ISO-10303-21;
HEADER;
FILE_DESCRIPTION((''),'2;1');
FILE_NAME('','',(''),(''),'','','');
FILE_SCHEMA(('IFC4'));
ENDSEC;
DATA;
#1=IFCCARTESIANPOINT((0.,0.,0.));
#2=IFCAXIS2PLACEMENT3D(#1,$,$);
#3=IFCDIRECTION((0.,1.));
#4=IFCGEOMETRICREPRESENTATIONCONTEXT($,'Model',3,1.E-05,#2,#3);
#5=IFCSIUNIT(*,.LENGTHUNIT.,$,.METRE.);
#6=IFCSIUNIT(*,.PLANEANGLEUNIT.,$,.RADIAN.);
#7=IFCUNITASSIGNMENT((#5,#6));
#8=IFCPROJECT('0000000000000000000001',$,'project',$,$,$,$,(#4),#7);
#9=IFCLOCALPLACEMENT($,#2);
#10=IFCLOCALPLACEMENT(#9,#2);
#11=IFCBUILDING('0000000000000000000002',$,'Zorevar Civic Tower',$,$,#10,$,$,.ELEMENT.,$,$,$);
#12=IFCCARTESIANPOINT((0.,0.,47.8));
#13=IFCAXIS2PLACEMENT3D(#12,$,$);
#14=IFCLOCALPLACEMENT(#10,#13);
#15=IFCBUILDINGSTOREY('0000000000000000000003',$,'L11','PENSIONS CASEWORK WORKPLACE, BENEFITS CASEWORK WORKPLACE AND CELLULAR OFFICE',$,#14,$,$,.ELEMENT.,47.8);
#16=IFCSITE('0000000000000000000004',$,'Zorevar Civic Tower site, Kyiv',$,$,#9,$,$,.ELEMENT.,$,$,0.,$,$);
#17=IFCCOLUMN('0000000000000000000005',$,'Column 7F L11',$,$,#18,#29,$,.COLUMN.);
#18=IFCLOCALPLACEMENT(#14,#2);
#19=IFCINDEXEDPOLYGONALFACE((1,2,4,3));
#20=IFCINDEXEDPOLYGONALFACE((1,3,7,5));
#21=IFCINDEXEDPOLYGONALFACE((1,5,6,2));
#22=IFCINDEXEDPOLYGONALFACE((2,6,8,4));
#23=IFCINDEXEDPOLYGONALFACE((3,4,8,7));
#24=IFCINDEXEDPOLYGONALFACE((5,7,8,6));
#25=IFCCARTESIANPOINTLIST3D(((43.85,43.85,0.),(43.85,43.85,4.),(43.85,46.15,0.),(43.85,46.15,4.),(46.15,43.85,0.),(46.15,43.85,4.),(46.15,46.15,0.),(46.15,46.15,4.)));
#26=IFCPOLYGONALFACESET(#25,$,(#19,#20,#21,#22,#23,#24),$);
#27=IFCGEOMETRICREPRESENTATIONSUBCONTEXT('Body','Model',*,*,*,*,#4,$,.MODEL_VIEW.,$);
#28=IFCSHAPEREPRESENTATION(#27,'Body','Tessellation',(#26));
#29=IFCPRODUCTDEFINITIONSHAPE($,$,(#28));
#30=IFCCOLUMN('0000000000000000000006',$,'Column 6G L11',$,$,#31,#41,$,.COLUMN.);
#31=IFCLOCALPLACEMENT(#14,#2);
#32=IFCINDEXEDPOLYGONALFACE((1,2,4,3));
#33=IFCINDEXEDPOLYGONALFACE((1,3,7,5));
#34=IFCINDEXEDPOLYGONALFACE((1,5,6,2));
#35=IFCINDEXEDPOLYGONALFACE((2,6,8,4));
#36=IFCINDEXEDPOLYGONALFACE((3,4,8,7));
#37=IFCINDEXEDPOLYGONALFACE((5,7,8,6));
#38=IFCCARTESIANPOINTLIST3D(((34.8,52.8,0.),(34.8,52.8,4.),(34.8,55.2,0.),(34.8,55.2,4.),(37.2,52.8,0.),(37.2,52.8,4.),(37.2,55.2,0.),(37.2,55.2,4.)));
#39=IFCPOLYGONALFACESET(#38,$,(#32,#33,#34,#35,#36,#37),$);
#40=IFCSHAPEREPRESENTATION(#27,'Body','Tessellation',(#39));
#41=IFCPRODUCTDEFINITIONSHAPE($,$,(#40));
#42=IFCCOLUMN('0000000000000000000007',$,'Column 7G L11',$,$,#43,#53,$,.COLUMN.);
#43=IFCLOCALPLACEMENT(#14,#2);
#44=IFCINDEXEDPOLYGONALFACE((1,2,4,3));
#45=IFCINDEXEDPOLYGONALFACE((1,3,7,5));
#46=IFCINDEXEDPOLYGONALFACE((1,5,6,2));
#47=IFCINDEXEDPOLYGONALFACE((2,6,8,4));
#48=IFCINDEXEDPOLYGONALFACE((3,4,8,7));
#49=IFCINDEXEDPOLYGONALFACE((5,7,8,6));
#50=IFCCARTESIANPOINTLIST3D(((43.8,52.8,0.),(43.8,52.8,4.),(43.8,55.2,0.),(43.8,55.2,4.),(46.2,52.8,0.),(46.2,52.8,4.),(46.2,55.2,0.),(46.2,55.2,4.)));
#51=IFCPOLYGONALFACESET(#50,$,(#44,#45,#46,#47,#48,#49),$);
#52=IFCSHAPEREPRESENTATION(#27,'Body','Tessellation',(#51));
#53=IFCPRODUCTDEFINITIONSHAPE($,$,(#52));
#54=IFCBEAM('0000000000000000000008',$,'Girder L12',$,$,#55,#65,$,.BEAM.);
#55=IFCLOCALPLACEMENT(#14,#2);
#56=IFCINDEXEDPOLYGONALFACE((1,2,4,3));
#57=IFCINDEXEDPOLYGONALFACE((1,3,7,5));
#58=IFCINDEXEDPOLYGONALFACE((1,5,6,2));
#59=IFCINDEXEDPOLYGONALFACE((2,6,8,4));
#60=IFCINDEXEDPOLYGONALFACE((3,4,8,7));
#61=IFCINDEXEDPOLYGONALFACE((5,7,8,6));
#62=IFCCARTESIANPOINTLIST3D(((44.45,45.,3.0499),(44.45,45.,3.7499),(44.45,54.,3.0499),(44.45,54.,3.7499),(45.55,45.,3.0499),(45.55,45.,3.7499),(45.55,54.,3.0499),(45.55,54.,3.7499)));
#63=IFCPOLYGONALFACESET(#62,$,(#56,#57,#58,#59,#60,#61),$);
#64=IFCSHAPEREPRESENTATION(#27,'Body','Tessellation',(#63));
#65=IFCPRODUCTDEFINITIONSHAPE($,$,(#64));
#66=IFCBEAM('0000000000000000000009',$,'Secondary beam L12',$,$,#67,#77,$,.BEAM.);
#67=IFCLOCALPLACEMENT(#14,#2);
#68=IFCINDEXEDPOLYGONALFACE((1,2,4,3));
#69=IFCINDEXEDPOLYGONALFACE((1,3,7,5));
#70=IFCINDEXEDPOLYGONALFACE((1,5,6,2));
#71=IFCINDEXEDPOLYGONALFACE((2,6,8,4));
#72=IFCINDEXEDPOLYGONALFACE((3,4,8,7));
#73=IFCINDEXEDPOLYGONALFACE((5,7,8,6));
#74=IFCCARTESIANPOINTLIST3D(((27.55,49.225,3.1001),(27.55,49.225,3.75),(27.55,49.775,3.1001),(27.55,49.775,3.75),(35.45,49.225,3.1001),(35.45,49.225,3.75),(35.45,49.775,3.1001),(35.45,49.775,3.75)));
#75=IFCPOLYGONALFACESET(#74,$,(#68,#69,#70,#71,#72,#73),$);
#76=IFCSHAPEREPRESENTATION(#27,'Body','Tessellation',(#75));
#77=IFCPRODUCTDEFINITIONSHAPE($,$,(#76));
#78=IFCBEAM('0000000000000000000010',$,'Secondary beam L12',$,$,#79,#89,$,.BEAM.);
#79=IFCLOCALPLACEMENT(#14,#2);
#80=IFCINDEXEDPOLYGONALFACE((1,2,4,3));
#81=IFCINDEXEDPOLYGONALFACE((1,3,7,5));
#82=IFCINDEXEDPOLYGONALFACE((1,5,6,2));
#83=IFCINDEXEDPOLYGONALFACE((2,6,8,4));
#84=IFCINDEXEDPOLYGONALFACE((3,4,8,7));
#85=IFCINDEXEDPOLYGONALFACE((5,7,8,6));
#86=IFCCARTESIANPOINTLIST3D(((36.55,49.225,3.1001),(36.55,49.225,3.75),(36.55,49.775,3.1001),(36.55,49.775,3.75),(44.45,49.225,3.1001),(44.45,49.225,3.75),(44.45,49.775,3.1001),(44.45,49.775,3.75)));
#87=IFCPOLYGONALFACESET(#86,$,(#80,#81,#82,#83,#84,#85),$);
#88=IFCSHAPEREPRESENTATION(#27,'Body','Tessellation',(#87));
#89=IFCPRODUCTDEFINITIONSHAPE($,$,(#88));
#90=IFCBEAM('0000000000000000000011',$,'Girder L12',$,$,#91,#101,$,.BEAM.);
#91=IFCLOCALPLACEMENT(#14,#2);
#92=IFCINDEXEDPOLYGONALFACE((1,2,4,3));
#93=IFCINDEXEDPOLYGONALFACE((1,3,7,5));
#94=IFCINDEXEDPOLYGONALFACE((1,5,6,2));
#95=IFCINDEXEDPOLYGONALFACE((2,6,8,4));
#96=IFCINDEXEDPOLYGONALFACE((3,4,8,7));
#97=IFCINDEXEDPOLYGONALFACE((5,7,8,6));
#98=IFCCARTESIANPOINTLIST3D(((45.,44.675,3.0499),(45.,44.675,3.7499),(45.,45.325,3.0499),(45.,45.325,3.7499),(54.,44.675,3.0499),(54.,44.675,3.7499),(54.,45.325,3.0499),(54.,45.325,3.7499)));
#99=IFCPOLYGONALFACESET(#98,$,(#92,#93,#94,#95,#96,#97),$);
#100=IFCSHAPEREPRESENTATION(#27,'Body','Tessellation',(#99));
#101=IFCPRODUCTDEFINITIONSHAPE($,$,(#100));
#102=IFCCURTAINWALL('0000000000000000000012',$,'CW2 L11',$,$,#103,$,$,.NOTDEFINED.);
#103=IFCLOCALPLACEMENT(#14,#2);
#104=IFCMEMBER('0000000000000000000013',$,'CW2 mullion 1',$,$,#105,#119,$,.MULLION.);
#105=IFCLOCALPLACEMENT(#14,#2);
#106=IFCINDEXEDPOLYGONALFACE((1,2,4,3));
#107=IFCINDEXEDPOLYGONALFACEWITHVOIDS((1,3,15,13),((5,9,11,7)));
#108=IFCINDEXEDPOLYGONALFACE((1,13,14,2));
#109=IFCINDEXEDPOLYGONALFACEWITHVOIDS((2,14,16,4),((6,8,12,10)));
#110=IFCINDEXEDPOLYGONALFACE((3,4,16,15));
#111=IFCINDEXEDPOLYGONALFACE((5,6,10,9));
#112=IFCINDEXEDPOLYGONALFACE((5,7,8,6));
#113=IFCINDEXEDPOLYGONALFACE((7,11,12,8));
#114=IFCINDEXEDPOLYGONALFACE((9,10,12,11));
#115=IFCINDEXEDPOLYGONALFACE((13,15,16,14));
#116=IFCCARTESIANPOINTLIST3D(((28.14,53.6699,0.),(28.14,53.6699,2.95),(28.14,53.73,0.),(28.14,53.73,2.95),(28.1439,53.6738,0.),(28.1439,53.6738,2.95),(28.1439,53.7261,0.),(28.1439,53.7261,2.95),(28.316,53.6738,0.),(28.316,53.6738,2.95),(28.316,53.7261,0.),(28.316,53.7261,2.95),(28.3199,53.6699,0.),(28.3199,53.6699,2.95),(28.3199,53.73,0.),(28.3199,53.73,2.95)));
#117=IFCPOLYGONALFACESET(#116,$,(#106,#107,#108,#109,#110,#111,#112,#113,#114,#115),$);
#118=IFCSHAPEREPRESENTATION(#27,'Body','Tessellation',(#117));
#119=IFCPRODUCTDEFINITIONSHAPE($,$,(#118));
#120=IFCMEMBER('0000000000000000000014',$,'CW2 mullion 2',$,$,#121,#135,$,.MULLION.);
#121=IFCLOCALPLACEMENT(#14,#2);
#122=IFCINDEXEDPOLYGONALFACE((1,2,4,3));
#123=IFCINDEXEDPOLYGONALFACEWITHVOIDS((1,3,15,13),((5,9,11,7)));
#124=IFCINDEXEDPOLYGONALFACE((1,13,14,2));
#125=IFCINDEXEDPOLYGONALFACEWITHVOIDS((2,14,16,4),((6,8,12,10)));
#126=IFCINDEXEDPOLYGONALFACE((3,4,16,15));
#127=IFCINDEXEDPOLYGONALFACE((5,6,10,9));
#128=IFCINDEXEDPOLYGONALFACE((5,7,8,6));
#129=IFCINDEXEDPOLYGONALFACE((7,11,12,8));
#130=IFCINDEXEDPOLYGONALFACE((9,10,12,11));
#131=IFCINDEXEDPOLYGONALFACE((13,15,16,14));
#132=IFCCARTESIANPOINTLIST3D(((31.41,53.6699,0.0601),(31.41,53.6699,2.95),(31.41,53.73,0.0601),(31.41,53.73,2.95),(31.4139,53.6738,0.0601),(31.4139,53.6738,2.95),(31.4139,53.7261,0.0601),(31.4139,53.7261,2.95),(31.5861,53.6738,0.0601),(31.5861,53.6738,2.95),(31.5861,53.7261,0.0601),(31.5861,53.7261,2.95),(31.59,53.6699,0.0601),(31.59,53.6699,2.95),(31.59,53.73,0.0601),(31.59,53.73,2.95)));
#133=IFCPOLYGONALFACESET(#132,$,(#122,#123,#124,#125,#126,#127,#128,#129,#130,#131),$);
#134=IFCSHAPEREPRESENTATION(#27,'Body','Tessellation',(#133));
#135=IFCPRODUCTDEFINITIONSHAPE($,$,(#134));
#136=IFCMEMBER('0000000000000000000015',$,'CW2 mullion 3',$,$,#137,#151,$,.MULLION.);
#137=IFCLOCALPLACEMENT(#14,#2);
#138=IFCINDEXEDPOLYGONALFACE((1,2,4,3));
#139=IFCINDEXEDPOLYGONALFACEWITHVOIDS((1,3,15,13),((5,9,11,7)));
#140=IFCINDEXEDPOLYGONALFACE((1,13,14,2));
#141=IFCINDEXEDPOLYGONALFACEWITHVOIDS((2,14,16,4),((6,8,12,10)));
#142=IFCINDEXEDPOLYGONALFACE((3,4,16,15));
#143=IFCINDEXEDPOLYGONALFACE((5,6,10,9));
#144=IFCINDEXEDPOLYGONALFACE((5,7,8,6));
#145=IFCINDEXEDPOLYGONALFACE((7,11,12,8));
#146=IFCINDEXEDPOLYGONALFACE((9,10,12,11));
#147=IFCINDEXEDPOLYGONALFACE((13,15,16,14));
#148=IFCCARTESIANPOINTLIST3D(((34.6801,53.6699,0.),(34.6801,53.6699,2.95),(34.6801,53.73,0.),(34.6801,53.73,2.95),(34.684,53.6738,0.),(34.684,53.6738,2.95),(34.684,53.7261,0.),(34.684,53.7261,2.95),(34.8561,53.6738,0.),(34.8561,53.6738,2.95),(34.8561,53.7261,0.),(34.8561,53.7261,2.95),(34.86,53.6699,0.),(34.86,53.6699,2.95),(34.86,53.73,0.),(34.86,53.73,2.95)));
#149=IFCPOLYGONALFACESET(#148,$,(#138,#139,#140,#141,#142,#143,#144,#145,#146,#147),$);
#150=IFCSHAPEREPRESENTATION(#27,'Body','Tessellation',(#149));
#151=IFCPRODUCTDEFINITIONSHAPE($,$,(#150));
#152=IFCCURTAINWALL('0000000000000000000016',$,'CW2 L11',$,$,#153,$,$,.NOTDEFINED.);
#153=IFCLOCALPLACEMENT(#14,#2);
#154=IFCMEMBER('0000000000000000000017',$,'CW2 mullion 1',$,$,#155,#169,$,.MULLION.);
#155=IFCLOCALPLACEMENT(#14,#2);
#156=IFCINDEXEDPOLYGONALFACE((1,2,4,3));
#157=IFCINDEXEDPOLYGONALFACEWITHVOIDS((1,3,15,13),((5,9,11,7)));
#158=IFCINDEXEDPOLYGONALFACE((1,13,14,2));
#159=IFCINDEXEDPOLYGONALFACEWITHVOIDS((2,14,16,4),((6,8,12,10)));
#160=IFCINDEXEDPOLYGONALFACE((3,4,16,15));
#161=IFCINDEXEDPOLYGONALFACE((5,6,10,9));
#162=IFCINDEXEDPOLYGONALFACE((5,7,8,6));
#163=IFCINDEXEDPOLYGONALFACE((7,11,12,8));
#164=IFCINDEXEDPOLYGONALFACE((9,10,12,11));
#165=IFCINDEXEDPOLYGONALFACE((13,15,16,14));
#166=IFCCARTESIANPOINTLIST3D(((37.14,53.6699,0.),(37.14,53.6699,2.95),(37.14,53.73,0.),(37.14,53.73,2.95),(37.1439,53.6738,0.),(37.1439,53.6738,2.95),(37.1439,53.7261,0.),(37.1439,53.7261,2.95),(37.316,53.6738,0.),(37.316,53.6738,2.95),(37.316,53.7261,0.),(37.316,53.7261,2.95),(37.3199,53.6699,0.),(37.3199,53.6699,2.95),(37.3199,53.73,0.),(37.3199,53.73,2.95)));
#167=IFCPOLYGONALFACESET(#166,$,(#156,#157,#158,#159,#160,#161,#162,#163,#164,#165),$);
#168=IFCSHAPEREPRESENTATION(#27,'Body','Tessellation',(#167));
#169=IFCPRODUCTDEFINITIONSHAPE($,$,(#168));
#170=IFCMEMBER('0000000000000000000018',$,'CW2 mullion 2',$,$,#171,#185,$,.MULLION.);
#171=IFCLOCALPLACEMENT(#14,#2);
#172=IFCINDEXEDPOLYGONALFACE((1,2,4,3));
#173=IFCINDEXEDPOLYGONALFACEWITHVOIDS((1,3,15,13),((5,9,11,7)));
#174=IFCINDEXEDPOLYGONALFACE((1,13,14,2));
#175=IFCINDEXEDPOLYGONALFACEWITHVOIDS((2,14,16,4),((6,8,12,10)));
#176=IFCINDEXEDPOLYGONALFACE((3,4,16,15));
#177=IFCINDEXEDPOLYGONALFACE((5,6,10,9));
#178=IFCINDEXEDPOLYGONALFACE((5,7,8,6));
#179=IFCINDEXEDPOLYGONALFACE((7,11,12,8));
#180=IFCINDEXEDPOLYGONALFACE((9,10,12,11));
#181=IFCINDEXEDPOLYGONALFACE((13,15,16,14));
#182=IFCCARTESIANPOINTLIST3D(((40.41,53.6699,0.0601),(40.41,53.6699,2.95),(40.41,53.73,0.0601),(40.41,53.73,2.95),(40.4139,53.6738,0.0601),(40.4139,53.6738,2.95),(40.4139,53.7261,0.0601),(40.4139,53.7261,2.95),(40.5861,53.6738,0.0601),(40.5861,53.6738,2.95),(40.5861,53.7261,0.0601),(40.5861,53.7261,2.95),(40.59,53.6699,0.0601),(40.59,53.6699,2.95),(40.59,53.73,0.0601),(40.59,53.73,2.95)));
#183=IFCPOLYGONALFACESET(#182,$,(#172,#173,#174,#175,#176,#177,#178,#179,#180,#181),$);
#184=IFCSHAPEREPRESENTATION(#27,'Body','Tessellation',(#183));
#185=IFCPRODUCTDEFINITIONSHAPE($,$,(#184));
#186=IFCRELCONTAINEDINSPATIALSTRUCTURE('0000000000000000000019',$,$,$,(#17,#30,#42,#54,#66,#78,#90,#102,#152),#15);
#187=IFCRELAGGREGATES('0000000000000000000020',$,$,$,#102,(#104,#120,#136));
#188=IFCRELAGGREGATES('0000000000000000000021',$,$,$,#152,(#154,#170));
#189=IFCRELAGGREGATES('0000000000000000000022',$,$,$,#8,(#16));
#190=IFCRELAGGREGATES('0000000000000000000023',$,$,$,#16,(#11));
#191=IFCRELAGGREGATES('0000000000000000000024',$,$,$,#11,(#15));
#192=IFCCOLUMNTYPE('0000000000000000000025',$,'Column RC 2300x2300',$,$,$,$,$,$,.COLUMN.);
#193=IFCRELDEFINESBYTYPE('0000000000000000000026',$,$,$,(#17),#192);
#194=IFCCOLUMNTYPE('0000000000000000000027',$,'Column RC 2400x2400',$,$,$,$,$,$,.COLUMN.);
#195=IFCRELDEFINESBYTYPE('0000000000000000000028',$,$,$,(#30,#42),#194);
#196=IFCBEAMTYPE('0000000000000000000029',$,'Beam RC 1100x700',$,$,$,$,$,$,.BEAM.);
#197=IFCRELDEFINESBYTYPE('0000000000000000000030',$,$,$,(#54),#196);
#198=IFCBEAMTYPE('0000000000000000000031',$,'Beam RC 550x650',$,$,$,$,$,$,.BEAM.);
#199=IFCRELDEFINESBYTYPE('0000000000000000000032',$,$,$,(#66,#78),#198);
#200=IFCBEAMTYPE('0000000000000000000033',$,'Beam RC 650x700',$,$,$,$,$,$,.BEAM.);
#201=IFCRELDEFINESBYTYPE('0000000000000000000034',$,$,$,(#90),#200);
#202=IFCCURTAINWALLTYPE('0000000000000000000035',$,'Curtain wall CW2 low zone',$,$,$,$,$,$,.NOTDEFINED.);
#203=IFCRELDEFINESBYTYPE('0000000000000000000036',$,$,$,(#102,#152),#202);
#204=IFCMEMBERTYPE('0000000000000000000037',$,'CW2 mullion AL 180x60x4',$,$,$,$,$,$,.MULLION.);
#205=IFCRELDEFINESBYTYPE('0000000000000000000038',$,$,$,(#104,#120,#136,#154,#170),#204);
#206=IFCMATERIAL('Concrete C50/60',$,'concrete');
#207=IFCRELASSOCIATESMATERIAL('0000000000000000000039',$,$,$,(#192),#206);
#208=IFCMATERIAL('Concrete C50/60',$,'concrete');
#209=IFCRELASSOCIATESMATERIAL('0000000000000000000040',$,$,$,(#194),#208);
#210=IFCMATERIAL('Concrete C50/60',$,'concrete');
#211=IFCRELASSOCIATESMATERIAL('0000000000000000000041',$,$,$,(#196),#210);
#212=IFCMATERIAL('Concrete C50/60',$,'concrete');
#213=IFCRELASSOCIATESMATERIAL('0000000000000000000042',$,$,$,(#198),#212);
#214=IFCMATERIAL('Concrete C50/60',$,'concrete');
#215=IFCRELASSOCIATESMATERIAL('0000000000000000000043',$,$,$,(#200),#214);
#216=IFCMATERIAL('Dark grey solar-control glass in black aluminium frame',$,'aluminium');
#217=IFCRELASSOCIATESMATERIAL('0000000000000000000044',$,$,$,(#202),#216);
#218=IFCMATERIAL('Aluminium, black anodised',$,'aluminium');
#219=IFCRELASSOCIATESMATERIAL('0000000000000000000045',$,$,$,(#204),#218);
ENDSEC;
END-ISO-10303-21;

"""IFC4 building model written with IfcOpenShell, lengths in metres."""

from ifc_helpers import new_model, si_unit, direction, frame, origin, origin_2d, place, context, subcontext, project, spatial, rectangle, hollow_rectangle, extrude, material, material_profile, profile_set, type_object, element, aggregate, save


model = new_model("IFC4")

# Units and contexts
model_context = context("Model", 3, precision=1e-05, world=origin(), true_north=direction((0.0, 1.0)))
body_context = subcontext(model_context, "Body", "Model", "MODEL_VIEW")
ifc_project = project(units=[si_unit("LENGTHUNIT", "METRE"), si_unit("PLANEANGLEUNIT", "RADIAN")], contexts=[model_context])

# Site, building, storey
site_placement = place(None, origin())
site = spatial("IfcSite", under=ifc_project, at=site_placement, Name="Zorevar Civic Tower site, Kyiv", CompositionType="ELEMENT", RefElevation=0.0)
building_placement = place(site_placement, origin())
building = spatial("IfcBuilding", under=site, at=building_placement, Name="Zorevar Civic Tower", CompositionType="ELEMENT")
storey_placement = place(building_placement, frame((0.0, 0.0, 47.8)))
storey = spatial("IfcBuildingStorey", under=building, at=storey_placement, Name="L11", Description="PENSIONS CASEWORK WORKPLACE, BENEFITS CASEWORK WORKPLACE AND CELLULAR OFFICE", CompositionType="ELEMENT", Elevation=47.8)

# Columns
ifc_material_1 = material(Name="Concrete C50/60", Category="concrete")
ifc_material_profile_1 = material_profile(ifc_material_1, rectangle(XDim=2.3, YDim=2.3, at=origin_2d()), Name="RC 2300x2300")
ifc_profile_set_1 = profile_set([ifc_material_profile_1], Name="Concrete C50/60")
column_type_1 = type_object("IfcColumnType", Name="Column RC 2300x2300", PredefinedType="COLUMN", material=ifc_profile_set_1)
column_placement = place(storey_placement, frame((45.0, 45.0, 0.0), z_axis=(0.0, 0.0, 1.0), x_axis=(1.0, 0.0, 0.0)))
element("IfcColumn", 1, at=column_placement, inside=storey, type_object=column_type_1, Name="Column 7F L11", PredefinedType="COLUMN", context=body_context, shape_type="SweptSolid", body=[
    extrude(rectangle(XDim=2.3, YDim=2.3, at=origin_2d()), origin(), (0.0, 0.0, 1.0), 4.0),
])
ifc_material_2 = material(Name="Concrete C50/60", Category="concrete")
ifc_material_profile_2 = material_profile(ifc_material_2, rectangle(XDim=2.3999, YDim=2.3999, at=origin_2d()), Name="RC 2400x2400")
ifc_profile_set_2 = profile_set([ifc_material_profile_2], Name="Concrete C50/60")
column_type_2 = type_object("IfcColumnType", Name="Column RC 2400x2400", PredefinedType="COLUMN", material=ifc_profile_set_2)
for number, where, z_axis, x_axis, name in (
    (2, (36.0, 54.0, 0.0), (0.0, 0.0, 1.0), (1.0, 0.0, 0.0), "Column 6G L11"),
    (3, (45.0, 54.0, 0.0), (0.0, 0.0, 1.0), (1.0, 0.0, 0.0), "Column 7G L11"),
):
    element("IfcColumn", number, at=place(storey_placement, frame(where, z_axis=z_axis, x_axis=x_axis)), inside=storey, type_object=column_type_2, Name=name, PredefinedType="COLUMN", context=body_context, shape_type="SweptSolid", body=[
        extrude(rectangle(XDim=2.3999, YDim=2.3999, at=origin_2d()), origin(), (0.0, 0.0, 1.0), 4.0),
    ])

# Beams
ifc_material_3 = material(Name="Concrete C50/60", Category="concrete")
ifc_material_profile_3 = material_profile(ifc_material_3, rectangle(XDim=1.1001, YDim=0.7, at=origin_2d()), Name="RC 1100x700")
ifc_profile_set_3 = profile_set([ifc_material_profile_3], Name="Concrete C50/60")
beam_type_1 = type_object("IfcBeamType", Name="Beam RC 1100x700", PredefinedType="BEAM", material=ifc_profile_set_3)
beam_1_placement = place(storey_placement, frame((45.0, 45.0, 3.3999), z_axis=(0.0, 1.0, 0.0), x_axis=(-1.0, 0.0, 0.0)))
element("IfcBeam", 4, at=beam_1_placement, inside=storey, type_object=beam_type_1, Name="Girder L12", PredefinedType="BEAM", context=body_context, shape_type="SweptSolid", body=[
    extrude(rectangle(XDim=1.1001, YDim=0.7, at=origin_2d()), origin(), (0.0, 0.0, 1.0), 9.0),
])
ifc_material_4 = material(Name="Concrete C50/60", Category="concrete")
ifc_material_profile_4 = material_profile(ifc_material_4, rectangle(XDim=0.55, YDim=0.6499, at=origin_2d()), Name="RC 550x650")
ifc_profile_set_4 = profile_set([ifc_material_profile_4], Name="Concrete C50/60")
beam_type_2 = type_object("IfcBeamType", Name="Beam RC 550x650", PredefinedType="BEAM", material=ifc_profile_set_4)
for number, where, z_axis, x_axis, name in (
    (5, (27.55, 49.5, 3.425), (1.0, 0.0, 0.0), (0.0, 1.0, 0.0), "Secondary beam L12"),
    (6, (36.55, 49.5, 3.425), (1.0, 0.0, 0.0), (0.0, 1.0, 0.0), "Secondary beam L12"),
):
    element("IfcBeam", number, at=place(storey_placement, frame(where, z_axis=z_axis, x_axis=x_axis)), inside=storey, type_object=beam_type_2, Name=name, PredefinedType="BEAM", context=body_context, shape_type="SweptSolid", body=[
        extrude(rectangle(XDim=0.55, YDim=0.6499, at=origin_2d()), origin(), (0.0, 0.0, 1.0), 7.8999),
    ])
ifc_material_5 = material(Name="Concrete C50/60", Category="concrete")
ifc_material_profile_5 = material_profile(ifc_material_5, rectangle(XDim=0.6499, YDim=0.7, at=origin_2d()), Name="RC 650x700")
ifc_profile_set_5 = profile_set([ifc_material_profile_5], Name="Concrete C50/60")
beam_type_3 = type_object("IfcBeamType", Name="Beam RC 650x700", PredefinedType="BEAM", material=ifc_profile_set_5)
beam_2_placement = place(storey_placement, frame((45.0, 45.0, 3.3999), z_axis=(1.0, 0.0, 0.0), x_axis=(0.0, 1.0, 0.0)))
element("IfcBeam", 7, at=beam_2_placement, inside=storey, type_object=beam_type_3, Name="Girder L12", PredefinedType="BEAM", context=body_context, shape_type="SweptSolid", body=[
    extrude(rectangle(XDim=0.6499, YDim=0.7, at=origin_2d()), origin(), (0.0, 0.0, 1.0), 9.0),
])

# Curtain walls, members
ifc_material_6 = material(Name="Dark grey solar-control glass in black aluminium frame", Category="aluminium")
curtain_wall_type = type_object("IfcCurtainWallType", Name="Curtain wall CW2 low zone", PredefinedType="NOTDEFINED", material=ifc_material_6)
curtain_wall_1_placement = place(storey_placement, origin())
curtain_wall_1 = element("IfcCurtainWall", 8, at=curtain_wall_1_placement, inside=storey, type_object=curtain_wall_type, Name="CW2 L11", PredefinedType="NOTDEFINED")
ifc_material_7 = material(Name="Aluminium, black anodised", Category="aluminium")
ifc_material_profile_6 = material_profile(ifc_material_7, hollow_rectangle(XDim=0.0601, YDim=0.1799, WallThickness=0.0039, at=origin_2d()), Name="AL 180x60x4")
ifc_profile_set_6 = profile_set([ifc_material_profile_6], Name="Aluminium, black anodised")
member_type_1 = type_object("IfcMemberType", Name="CW2 mullion AL 180x60x4", PredefinedType="MULLION", material=ifc_profile_set_6)
member_1_placement = place(storey_placement, frame((28.23, 53.7, 0.0), z_axis=(0.0, 0.0, 1.0), x_axis=(0.0, 1.0, 0.0)))
member_1 = element("IfcMember", 9, at=member_1_placement, type_object=member_type_1, Name="CW2 mullion 1", PredefinedType="MULLION", context=body_context, shape_type="SweptSolid", body=[
    extrude(hollow_rectangle(XDim=0.0601, YDim=0.1799, WallThickness=0.0039, at=origin_2d()), origin(), (0.0, 0.0, 1.0), 2.95),
])
member_2_placement = place(storey_placement, frame((31.5, 53.7, 0.0601), z_axis=(0.0, 0.0, 1.0), x_axis=(0.0, 1.0, 0.0)))
member_2 = element("IfcMember", 10, at=member_2_placement, type_object=member_type_1, Name="CW2 mullion 2", PredefinedType="MULLION", context=body_context, shape_type="SweptSolid", body=[
    extrude(hollow_rectangle(XDim=0.0601, YDim=0.1799, WallThickness=0.0039, at=origin_2d()), origin(), (0.0, 0.0, 1.0), 2.8899),
])
member_3_placement = place(storey_placement, frame((34.77, 53.7, 0.0), z_axis=(0.0, 0.0, 1.0), x_axis=(0.0, 1.0, 0.0)))
member_3 = element("IfcMember", 11, at=member_3_placement, type_object=member_type_1, Name="CW2 mullion 3", PredefinedType="MULLION", context=body_context, shape_type="SweptSolid", body=[
    extrude(hollow_rectangle(XDim=0.0601, YDim=0.1799, WallThickness=0.0039, at=origin_2d()), origin(), (0.0, 0.0, 1.0), 2.95),
])
curtain_wall_2_placement = place(storey_placement, origin())
curtain_wall_2 = element("IfcCurtainWall", 12, at=curtain_wall_2_placement, inside=storey, type_object=curtain_wall_type, Name="CW2 L11", PredefinedType="NOTDEFINED")
member_4_placement = place(storey_placement, frame((37.23, 53.7, 0.0), z_axis=(0.0, 0.0, 1.0), x_axis=(0.0, 1.0, 0.0)))
member_4 = element("IfcMember", 13, at=member_4_placement, type_object=member_type_1, Name="CW2 mullion 1", PredefinedType="MULLION", context=body_context, shape_type="SweptSolid", body=[
    extrude(hollow_rectangle(XDim=0.0601, YDim=0.1799, WallThickness=0.0039, at=origin_2d()), origin(), (0.0, 0.0, 1.0), 2.95),
])
member_5_placement = place(storey_placement, frame((40.5, 53.7, 0.0601), z_axis=(0.0, 0.0, 1.0), x_axis=(0.0, 1.0, 0.0)))
member_5 = element("IfcMember", 14, at=member_5_placement, type_object=member_type_1, Name="CW2 mullion 2", PredefinedType="MULLION", context=body_context, shape_type="SweptSolid", body=[
    extrude(hollow_rectangle(XDim=0.0601, YDim=0.1799, WallThickness=0.0039, at=origin_2d()), origin(), (0.0, 0.0, 1.0), 2.8899),
])

aggregate(curtain_wall_1, [member_1, member_2, member_3])
aggregate(curtain_wall_2, [member_4, member_5])

save(model, "model.ifc")
